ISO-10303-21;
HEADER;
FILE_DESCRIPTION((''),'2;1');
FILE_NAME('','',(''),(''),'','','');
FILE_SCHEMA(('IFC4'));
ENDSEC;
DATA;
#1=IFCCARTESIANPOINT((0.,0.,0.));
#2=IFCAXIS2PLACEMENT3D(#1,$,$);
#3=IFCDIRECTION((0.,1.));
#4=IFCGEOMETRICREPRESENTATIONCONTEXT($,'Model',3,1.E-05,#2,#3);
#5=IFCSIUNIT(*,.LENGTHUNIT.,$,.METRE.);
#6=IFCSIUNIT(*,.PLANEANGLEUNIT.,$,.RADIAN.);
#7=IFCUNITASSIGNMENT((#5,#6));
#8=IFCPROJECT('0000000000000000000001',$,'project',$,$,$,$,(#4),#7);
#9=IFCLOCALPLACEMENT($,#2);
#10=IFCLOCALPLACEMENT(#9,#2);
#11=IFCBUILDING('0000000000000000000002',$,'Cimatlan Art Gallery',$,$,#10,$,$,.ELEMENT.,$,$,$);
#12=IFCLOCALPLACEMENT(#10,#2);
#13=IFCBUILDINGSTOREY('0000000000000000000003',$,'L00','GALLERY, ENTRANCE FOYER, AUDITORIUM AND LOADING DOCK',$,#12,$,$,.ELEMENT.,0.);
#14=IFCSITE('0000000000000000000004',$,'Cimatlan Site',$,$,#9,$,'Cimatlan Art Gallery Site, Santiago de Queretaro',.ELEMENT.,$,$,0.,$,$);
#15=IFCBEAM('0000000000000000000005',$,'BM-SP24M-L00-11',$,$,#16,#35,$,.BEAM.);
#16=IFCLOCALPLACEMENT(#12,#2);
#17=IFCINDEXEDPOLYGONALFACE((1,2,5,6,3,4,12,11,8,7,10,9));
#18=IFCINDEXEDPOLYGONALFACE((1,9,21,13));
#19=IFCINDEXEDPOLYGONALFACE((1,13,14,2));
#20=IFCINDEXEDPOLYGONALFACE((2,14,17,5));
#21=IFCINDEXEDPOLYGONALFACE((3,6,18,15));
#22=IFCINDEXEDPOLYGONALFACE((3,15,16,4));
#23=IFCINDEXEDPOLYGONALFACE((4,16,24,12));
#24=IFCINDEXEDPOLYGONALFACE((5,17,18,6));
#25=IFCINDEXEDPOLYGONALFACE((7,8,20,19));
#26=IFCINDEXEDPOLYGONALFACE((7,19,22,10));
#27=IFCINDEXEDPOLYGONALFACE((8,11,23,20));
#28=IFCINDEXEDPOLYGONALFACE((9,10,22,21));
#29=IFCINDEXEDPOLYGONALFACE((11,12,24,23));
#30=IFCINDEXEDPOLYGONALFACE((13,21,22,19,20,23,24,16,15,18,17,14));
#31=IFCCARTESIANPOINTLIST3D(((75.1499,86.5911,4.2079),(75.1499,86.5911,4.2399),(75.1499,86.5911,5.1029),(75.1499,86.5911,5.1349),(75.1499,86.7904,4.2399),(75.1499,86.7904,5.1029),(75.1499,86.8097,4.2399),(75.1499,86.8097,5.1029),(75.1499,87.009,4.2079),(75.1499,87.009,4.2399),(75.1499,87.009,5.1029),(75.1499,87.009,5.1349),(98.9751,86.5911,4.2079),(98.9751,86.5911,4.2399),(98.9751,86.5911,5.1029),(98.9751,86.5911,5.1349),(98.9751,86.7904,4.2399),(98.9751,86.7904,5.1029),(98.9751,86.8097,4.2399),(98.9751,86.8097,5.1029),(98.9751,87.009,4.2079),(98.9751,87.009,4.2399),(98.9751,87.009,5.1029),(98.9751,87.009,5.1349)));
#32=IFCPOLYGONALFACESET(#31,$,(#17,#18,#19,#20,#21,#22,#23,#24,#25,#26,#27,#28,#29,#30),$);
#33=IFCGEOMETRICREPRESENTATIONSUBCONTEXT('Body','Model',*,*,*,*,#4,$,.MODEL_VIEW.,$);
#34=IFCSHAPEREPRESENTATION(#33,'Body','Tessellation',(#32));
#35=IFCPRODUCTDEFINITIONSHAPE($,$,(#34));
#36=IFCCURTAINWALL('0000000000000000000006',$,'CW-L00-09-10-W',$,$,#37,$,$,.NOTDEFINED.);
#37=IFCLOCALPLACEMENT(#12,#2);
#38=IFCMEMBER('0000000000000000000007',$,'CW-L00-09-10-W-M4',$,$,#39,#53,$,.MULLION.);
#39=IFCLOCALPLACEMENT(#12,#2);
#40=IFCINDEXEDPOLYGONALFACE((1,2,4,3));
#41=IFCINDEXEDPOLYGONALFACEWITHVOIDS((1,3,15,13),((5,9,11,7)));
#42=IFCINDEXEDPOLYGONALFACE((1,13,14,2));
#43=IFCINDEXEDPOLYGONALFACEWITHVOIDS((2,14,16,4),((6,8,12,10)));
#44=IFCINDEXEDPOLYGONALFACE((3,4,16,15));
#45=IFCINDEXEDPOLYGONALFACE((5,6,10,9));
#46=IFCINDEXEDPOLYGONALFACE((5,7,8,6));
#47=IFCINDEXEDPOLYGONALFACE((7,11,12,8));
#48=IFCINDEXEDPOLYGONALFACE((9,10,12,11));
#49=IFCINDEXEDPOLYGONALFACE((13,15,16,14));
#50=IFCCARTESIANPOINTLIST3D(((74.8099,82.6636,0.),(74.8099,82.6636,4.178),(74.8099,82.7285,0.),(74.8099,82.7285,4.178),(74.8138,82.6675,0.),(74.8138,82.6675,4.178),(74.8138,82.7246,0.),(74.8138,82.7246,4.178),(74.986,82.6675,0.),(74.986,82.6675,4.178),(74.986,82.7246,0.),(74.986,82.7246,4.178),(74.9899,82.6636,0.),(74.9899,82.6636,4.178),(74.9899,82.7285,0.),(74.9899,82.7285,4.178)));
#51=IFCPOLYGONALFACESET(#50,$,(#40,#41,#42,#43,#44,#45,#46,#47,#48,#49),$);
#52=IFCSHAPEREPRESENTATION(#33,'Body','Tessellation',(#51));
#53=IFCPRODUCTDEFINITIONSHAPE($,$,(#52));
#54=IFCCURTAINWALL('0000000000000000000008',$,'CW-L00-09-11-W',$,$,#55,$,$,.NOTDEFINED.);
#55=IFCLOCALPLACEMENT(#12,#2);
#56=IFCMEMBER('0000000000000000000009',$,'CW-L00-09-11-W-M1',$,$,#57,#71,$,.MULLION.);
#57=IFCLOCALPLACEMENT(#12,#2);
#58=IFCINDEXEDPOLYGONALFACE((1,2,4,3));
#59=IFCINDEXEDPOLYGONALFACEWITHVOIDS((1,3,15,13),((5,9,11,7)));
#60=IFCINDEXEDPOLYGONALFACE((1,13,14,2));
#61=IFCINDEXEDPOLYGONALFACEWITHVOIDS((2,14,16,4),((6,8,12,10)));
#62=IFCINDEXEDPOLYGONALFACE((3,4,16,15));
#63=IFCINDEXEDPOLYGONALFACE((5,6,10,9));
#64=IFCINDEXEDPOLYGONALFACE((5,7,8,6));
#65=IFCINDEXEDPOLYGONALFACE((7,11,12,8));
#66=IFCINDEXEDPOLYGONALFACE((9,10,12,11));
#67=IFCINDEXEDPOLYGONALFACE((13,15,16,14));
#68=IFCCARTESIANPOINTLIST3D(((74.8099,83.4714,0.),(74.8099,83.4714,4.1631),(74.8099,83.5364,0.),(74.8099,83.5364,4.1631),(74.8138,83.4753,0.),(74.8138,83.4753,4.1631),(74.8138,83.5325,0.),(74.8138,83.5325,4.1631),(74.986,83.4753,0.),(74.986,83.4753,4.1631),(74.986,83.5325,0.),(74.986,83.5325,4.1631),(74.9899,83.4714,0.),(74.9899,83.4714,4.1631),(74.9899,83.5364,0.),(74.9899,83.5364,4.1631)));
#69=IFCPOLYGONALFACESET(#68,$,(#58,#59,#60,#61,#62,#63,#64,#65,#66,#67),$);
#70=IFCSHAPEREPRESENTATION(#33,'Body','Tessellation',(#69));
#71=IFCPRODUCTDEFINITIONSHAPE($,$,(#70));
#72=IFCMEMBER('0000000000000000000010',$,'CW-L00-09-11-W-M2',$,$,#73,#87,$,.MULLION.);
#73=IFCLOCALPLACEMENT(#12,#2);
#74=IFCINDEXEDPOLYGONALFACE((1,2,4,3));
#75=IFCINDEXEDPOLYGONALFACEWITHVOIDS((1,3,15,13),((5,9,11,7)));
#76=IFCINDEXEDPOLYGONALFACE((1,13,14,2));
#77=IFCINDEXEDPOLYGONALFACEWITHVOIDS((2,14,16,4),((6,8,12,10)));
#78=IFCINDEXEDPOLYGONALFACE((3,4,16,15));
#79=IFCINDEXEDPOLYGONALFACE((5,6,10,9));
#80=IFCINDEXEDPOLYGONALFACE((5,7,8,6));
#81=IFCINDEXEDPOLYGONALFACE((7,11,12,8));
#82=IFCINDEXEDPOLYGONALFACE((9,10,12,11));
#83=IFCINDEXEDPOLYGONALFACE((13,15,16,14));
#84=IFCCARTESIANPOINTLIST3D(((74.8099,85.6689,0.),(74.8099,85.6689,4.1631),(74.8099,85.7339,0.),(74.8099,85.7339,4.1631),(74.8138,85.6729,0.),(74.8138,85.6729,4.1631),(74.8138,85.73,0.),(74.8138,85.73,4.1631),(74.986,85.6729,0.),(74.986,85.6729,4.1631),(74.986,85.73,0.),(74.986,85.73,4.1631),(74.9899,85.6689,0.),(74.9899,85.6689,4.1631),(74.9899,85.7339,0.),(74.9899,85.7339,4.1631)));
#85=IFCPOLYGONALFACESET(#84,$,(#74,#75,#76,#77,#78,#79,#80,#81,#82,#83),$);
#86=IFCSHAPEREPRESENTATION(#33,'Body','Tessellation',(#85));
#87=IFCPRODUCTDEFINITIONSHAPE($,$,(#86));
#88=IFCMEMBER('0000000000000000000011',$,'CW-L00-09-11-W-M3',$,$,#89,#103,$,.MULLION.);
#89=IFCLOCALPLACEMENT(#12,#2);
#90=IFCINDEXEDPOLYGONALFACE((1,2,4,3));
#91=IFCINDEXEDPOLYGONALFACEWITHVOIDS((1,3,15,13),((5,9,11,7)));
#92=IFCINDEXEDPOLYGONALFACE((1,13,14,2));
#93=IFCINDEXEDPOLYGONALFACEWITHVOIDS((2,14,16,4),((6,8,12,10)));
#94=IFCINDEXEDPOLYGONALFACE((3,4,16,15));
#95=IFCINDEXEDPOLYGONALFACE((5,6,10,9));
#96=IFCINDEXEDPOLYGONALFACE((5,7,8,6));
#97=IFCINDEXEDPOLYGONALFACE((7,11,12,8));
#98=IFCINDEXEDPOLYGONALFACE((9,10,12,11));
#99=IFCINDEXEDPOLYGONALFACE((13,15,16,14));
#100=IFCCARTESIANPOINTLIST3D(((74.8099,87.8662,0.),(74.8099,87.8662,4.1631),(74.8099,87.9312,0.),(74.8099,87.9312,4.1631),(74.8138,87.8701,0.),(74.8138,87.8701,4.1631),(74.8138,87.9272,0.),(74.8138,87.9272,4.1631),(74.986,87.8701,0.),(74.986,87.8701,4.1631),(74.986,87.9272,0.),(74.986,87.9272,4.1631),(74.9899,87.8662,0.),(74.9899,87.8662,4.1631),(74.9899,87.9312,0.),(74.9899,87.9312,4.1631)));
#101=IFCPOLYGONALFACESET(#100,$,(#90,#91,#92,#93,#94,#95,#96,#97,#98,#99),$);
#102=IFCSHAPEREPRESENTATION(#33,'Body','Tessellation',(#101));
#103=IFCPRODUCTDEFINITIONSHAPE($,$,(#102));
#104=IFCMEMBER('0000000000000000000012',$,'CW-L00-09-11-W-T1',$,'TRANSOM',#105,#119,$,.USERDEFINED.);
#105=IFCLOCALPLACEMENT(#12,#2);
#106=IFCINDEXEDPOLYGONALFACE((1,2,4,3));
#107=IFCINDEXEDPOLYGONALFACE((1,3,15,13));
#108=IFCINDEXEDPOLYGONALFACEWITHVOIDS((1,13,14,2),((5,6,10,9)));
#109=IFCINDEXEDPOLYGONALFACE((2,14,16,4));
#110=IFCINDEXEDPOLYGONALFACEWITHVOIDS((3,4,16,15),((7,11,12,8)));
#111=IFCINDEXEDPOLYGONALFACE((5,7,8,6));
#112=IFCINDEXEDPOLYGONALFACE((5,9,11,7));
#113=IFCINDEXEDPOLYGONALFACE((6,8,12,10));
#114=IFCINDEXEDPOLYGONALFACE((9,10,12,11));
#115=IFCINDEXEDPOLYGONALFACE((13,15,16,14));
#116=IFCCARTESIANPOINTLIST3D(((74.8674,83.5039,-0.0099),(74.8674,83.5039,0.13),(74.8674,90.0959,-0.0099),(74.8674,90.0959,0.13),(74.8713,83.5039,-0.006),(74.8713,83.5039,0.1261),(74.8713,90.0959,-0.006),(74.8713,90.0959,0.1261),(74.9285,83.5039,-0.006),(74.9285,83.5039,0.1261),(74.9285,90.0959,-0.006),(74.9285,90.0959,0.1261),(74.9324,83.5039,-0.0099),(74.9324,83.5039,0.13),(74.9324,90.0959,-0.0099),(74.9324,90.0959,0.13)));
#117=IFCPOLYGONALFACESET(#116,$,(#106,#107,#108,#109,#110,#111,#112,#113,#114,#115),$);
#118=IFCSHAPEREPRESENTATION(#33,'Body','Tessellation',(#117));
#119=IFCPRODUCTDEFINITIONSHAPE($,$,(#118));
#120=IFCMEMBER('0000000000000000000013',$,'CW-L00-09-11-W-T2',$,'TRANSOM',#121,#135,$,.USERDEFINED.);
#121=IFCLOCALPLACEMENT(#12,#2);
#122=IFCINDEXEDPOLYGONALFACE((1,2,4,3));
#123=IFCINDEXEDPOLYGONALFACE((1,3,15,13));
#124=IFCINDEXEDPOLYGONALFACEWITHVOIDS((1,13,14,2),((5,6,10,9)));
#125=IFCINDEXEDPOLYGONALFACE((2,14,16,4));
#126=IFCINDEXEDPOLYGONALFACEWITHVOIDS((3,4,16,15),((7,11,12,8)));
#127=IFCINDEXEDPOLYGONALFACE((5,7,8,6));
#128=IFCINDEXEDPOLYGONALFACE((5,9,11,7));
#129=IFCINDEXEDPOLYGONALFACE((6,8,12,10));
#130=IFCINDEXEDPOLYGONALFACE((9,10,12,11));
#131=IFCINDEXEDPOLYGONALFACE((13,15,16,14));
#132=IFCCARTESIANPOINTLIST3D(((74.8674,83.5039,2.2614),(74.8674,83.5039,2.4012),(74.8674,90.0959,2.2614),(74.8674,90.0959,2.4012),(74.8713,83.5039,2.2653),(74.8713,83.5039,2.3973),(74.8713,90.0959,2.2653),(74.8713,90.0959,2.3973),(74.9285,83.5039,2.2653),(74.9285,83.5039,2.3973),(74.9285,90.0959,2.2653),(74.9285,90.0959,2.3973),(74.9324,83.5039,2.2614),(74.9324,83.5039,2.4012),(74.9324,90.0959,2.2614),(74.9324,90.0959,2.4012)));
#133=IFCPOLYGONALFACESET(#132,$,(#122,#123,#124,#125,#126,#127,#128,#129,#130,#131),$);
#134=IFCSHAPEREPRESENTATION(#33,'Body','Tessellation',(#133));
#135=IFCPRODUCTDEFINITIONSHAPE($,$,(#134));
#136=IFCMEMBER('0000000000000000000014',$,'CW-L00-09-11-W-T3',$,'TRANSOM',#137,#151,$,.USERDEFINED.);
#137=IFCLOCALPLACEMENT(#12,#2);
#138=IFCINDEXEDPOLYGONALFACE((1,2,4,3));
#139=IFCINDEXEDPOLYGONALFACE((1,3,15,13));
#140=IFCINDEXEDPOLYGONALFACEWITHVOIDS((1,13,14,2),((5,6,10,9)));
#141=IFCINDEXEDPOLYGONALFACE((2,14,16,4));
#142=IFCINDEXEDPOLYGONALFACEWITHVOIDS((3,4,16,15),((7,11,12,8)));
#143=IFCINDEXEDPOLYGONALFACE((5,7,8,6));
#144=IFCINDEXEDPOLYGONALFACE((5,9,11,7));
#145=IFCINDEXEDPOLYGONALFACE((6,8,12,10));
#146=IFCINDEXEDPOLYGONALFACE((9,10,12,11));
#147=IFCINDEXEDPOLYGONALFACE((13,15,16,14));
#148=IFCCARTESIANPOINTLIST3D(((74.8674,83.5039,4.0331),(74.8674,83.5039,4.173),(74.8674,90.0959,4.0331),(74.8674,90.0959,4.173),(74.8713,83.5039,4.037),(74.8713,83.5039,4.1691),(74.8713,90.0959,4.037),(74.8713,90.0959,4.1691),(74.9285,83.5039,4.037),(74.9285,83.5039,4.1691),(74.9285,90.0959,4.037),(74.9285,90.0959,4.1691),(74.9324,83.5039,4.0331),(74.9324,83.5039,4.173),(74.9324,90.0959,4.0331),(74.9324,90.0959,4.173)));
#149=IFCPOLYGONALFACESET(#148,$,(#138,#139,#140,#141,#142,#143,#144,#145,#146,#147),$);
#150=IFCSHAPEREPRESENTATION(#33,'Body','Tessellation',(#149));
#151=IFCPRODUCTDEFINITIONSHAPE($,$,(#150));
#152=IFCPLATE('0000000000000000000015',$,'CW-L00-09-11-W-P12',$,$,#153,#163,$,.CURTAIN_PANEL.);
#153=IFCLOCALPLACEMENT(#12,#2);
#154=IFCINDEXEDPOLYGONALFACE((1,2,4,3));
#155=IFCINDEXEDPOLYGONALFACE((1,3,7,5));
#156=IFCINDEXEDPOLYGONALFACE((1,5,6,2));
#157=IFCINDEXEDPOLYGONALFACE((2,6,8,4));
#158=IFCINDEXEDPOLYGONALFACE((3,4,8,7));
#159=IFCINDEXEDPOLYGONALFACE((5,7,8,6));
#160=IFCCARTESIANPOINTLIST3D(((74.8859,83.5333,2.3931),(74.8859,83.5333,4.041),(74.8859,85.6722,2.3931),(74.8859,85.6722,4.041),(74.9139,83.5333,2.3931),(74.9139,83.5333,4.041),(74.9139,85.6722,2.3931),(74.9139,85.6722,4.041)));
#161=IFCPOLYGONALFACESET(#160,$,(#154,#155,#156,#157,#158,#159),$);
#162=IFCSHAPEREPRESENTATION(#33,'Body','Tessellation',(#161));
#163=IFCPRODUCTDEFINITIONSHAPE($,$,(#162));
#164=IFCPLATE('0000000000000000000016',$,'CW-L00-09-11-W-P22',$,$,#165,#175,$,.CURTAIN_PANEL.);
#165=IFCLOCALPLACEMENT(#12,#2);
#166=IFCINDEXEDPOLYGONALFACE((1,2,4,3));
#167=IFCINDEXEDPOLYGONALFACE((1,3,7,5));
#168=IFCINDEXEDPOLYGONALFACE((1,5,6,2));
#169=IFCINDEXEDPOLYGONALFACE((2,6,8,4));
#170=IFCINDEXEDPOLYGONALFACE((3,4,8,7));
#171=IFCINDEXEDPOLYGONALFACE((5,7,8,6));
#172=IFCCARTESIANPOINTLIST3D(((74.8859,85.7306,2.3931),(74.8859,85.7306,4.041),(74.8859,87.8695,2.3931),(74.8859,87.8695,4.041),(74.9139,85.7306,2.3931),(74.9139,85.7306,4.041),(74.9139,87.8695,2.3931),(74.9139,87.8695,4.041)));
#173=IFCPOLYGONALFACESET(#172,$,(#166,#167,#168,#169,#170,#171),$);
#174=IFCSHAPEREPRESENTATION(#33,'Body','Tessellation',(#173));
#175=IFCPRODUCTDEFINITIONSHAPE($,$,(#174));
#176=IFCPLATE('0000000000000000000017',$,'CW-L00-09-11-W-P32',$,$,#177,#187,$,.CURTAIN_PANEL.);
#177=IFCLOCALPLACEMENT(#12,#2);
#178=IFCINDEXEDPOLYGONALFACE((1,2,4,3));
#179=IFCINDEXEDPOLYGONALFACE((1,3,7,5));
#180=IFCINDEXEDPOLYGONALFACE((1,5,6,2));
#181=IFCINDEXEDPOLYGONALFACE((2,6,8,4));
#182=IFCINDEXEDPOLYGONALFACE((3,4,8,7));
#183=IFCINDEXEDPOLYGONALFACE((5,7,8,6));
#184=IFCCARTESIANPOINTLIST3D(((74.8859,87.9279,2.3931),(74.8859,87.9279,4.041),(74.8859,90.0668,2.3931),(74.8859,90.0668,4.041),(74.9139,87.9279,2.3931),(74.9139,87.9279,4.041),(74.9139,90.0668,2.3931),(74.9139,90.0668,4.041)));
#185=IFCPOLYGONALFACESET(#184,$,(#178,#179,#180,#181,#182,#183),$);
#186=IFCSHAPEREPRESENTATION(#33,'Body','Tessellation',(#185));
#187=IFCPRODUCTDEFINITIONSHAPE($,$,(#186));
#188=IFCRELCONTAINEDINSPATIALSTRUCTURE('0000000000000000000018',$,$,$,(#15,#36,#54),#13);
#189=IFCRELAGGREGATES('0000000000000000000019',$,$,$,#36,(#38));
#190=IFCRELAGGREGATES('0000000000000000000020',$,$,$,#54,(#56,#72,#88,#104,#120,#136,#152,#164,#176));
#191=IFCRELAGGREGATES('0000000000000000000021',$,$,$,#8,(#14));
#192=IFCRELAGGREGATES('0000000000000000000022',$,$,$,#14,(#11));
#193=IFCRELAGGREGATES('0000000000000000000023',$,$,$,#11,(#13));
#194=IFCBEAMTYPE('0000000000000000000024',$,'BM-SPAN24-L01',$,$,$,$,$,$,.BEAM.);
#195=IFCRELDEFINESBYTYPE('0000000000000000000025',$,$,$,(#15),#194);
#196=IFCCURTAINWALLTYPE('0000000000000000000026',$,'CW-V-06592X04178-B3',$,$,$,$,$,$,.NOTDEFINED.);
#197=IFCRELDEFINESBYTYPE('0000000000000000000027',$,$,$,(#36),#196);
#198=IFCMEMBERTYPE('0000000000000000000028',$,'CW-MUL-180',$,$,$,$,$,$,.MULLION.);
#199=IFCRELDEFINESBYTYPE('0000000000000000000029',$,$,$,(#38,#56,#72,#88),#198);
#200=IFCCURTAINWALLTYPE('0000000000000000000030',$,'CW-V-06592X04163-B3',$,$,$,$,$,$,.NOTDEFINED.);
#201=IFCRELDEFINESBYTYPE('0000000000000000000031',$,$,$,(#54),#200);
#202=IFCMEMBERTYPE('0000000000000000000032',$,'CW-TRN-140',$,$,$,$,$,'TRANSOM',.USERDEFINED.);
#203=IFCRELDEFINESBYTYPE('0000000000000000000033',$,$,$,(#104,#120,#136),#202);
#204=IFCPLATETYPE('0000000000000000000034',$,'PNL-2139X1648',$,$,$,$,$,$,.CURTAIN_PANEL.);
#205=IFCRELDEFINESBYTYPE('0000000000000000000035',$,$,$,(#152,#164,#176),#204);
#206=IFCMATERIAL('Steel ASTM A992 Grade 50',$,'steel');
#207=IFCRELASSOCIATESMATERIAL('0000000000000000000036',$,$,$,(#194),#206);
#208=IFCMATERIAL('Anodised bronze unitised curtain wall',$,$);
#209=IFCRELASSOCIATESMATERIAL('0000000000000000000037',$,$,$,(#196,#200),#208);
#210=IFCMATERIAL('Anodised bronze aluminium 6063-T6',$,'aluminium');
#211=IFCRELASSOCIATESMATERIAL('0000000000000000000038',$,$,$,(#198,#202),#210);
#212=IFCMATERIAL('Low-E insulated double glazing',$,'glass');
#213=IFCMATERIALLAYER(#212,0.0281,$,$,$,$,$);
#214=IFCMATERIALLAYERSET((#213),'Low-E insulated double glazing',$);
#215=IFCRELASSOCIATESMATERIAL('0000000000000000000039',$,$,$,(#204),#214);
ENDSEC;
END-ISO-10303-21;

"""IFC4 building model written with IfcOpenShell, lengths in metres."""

from ifc_helpers import new_model, si_unit, direction, frame, origin, origin_2d, place, context, subcontext, project, spatial, rectangle, hollow_rectangle, i_section, extrude, material, layer, layer_set, material_profile, profile_set, type_object, element, aggregate, save


model = new_model("IFC4")

# Units and contexts
model_context = context("Model", 3, precision=1e-05, world=origin(), true_north=direction((0.0, 1.0)))
body_context = subcontext(model_context, "Body", "Model", "MODEL_VIEW")
ifc_project = project(units=[si_unit("LENGTHUNIT", "METRE"), si_unit("PLANEANGLEUNIT", "RADIAN")], contexts=[model_context])

# Site, building, storey
site_placement = place(None, origin())
site = spatial("IfcSite", under=ifc_project, at=site_placement, Name="Cimatlan Site", LongName="Cimatlan Art Gallery Site, Santiago de Queretaro", CompositionType="ELEMENT", RefElevation=0.0)
building_placement = place(site_placement, origin())
building = spatial("IfcBuilding", under=site, at=building_placement, Name="Cimatlan Art Gallery", CompositionType="ELEMENT")
storey_placement = place(building_placement, origin())
storey = spatial("IfcBuildingStorey", under=building, at=storey_placement, Name="L00", Description="GALLERY, ENTRANCE FOYER, AUDITORIUM AND LOADING DOCK", CompositionType="ELEMENT", Elevation=0.0)

# Beam
ifc_material_1 = material(Name="Steel ASTM A992 Grade 50", Category="steel")
ifc_material_profile_1 = material_profile(ifc_material_1, i_section(OverallWidth=0.418, OverallDepth=0.927, WebThickness=0.0193, FlangeThickness=0.032, at=origin_2d()), Name="W36X231")
ifc_profile_set_1 = profile_set([ifc_material_profile_1], Name="Steel ASTM A992 Grade 50")
beam_type_1 = type_object("IfcBeamType", Name="BM-SPAN24-L01", PredefinedType="BEAM", material=ifc_profile_set_1)
beam_1_placement = place(storey_placement, frame((75.1499, 86.8, 4.6714), z_axis=(1.0, 0.0, 0.0), x_axis=(0.0, 1.0, 0.0)))
element("IfcBeam", 1, at=beam_1_placement, inside=storey, type_object=beam_type_1, Name="BM-SP24M-L00-11", PredefinedType="BEAM", context=body_context, shape_type="SweptSolid", body=[
    extrude(i_section(OverallWidth=0.418, OverallDepth=0.927, WebThickness=0.0193, FlangeThickness=0.032, at=origin_2d()), origin(), (0.0, 0.0, 1.0), 23.8252),
])

# Curtain wall, member
ifc_material_2 = material(Name="Anodised bronze unitised curtain wall")
curtain_wall_type_1 = type_object("IfcCurtainWallType", Name="CW-V-06592X04178-B3", PredefinedType="NOTDEFINED", material=ifc_material_2)
curtain_wall_1_placement = place(storey_placement, origin())
curtain_wall_1 = element("IfcCurtainWall", 2, at=curtain_wall_1_placement, inside=storey, type_object=curtain_wall_type_1, Name="CW-L00-09-10-W", PredefinedType="NOTDEFINED")
ifc_material_3 = material(Name="Anodised bronze aluminium 6063-T6", Category="aluminium")
ifc_material_profile_2 = material_profile(ifc_material_3, hollow_rectangle(XDim=0.0649, YDim=0.1799, WallThickness=0.0039, at=origin_2d()), Name="ALU65X180X4")
ifc_profile_set_2 = profile_set([ifc_material_profile_2], Name="Anodised bronze aluminium 6063-T6")
member_type_1 = type_object("IfcMemberType", Name="CW-MUL-180", PredefinedType="MULLION", material=ifc_profile_set_2)
member_1_placement = place(storey_placement, frame((74.8999, 82.696, 0.0), z_axis=(0.0, 0.0, 1.0), x_axis=(0.0, 1.0, 0.0)))
member_1 = element("IfcMember", 3, at=member_1_placement, type_object=member_type_1, Name="CW-L00-09-10-W-M4", PredefinedType="MULLION", context=body_context, shape_type="SweptSolid", body=[
    extrude(hollow_rectangle(XDim=0.0649, YDim=0.1799, WallThickness=0.0039, at=origin_2d()), origin(), (0.0, 0.0, 1.0), 4.178),
])
aggregate(curtain_wall_1, [member_1])

# Curtain wall, members, plates
curtain_wall_type_2 = type_object("IfcCurtainWallType", Name="CW-V-06592X04163-B3", PredefinedType="NOTDEFINED", material=ifc_material_2)
curtain_wall_2_placement = place(storey_placement, origin())
curtain_wall_2 = element("IfcCurtainWall", 4, at=curtain_wall_2_placement, inside=storey, type_object=curtain_wall_type_2, Name="CW-L00-09-11-W", PredefinedType="NOTDEFINED")
member_2_placement = place(storey_placement, frame((74.8999, 83.5039, 0.0), z_axis=(0.0, 0.0, 1.0), x_axis=(0.0, 1.0, 0.0)))
member_2 = element("IfcMember", 5, at=member_2_placement, type_object=member_type_1, Name="CW-L00-09-11-W-M1", PredefinedType="MULLION", context=body_context, shape_type="SweptSolid", body=[
    extrude(hollow_rectangle(XDim=0.0649, YDim=0.1799, WallThickness=0.0039, at=origin_2d()), origin(), (0.0, 0.0, 1.0), 4.1631),
])
member_3_placement = place(storey_placement, frame((74.8999, 85.7014, 0.0), z_axis=(0.0, 0.0, 1.0), x_axis=(0.0, 1.0, 0.0)))
member_3 = element("IfcMember", 6, at=member_3_placement, type_object=member_type_1, Name="CW-L00-09-11-W-M2", PredefinedType="MULLION", context=body_context, shape_type="SweptSolid", body=[
    extrude(hollow_rectangle(XDim=0.0649, YDim=0.1799, WallThickness=0.0039, at=origin_2d()), origin(), (0.0, 0.0, 1.0), 4.1631),
])
member_4_placement = place(storey_placement, frame((74.8999, 87.8987, 0.0), z_axis=(0.0, 0.0, 1.0), x_axis=(0.0, 1.0, 0.0)))
member_4 = element("IfcMember", 7, at=member_4_placement, type_object=member_type_1, Name="CW-L00-09-11-W-M3", PredefinedType="MULLION", context=body_context, shape_type="SweptSolid", body=[
    extrude(hollow_rectangle(XDim=0.0649, YDim=0.1799, WallThickness=0.0039, at=origin_2d()), origin(), (0.0, 0.0, 1.0), 4.1631),
])
ifc_material_profile_3 = material_profile(ifc_material_3, hollow_rectangle(XDim=0.0649, YDim=0.1399, WallThickness=0.0039, at=origin_2d()), Name="ALU65X140X4")
ifc_profile_set_3 = profile_set([ifc_material_profile_3], Name="Anodised bronze aluminium 6063-T6")
member_type_2 = type_object("IfcMemberType", Name="CW-TRN-140", ElementType="TRANSOM", PredefinedType="USERDEFINED", material=ifc_profile_set_3)
member_5_placement = place(storey_placement, frame((74.8999, 83.5039, 0.0601), z_axis=(0.0, 1.0, 0.0), x_axis=(-1.0, 0.0, 0.0)))
member_5 = element("IfcMember", 8, at=member_5_placement, type_object=member_type_2, Name="CW-L00-09-11-W-T1", ObjectType="TRANSOM", PredefinedType="USERDEFINED", context=body_context, shape_type="SweptSolid", body=[
    extrude(hollow_rectangle(XDim=0.0649, YDim=0.1399, WallThickness=0.0039, at=origin_2d()), origin(), (0.0, 0.0, 1.0), 6.592),
])
member_6_placement = place(storey_placement, frame((74.8999, 83.5039, 2.3313), z_axis=(0.0, 1.0, 0.0), x_axis=(-1.0, 0.0, 0.0)))
member_6 = element("IfcMember", 9, at=member_6_placement, type_object=member_type_2, Name="CW-L00-09-11-W-T2", ObjectType="TRANSOM", PredefinedType="USERDEFINED", context=body_context, shape_type="SweptSolid", body=[
    extrude(hollow_rectangle(XDim=0.0649, YDim=0.1399, WallThickness=0.0039, at=origin_2d()), origin(), (0.0, 0.0, 1.0), 6.592),
])
member_7_placement = place(storey_placement, frame((74.8999, 83.5039, 4.103), z_axis=(0.0, 1.0, 0.0), x_axis=(-1.0, 0.0, 0.0)))
member_7 = element("IfcMember", 10, at=member_7_placement, type_object=member_type_2, Name="CW-L00-09-11-W-T3", ObjectType="TRANSOM", PredefinedType="USERDEFINED", context=body_context, shape_type="SweptSolid", body=[
    extrude(hollow_rectangle(XDim=0.0649, YDim=0.1399, WallThickness=0.0039, at=origin_2d()), origin(), (0.0, 0.0, 1.0), 6.592),
])
ifc_material_4 = material(Name="Low-E insulated double glazing", Category="glass")
ifc_layer_1 = layer(ifc_material_4, 0.0281)
ifc_layer_set_1 = layer_set([ifc_layer_1], Name="Low-E insulated double glazing")
plate_type_1 = type_object("IfcPlateType", Name="PNL-2139X1648", PredefinedType="CURTAIN_PANEL", material=ifc_layer_set_1)
plate_1_placement = place(storey_placement, frame((74.8999, 84.6028, 2.3931), z_axis=(0.0, 0.0, 1.0), x_axis=(0.0, 1.0, 0.0)))
plate_1 = element("IfcPlate", 11, at=plate_1_placement, type_object=plate_type_1, Name="CW-L00-09-11-W-P12", PredefinedType="CURTAIN_PANEL", context=body_context, shape_type="SweptSolid", body=[
    extrude(rectangle(XDim=2.1389, YDim=0.0281, at=origin_2d()), origin(), (0.0, 0.0, 1.0), 1.6479),
])
plate_2_placement = place(storey_placement, frame((74.8999, 86.8, 2.3931), z_axis=(0.0, 0.0, 1.0), x_axis=(0.0, 1.0, 0.0)))
plate_2 = element("IfcPlate", 12, at=plate_2_placement, type_object=plate_type_1, Name="CW-L00-09-11-W-P22", PredefinedType="CURTAIN_PANEL", context=body_context, shape_type="SweptSolid", body=[
    extrude(rectangle(XDim=2.1389, YDim=0.0281, at=origin_2d()), origin(), (0.0, 0.0, 1.0), 1.6479),
])
plate_3_placement = place(storey_placement, frame((74.8999, 88.9973, 2.3931), z_axis=(0.0, 0.0, 1.0), x_axis=(0.0, 1.0, 0.0)))
plate_3 = element("IfcPlate", 13, at=plate_3_placement, type_object=plate_type_1, Name="CW-L00-09-11-W-P32", PredefinedType="CURTAIN_PANEL", context=body_context, shape_type="SweptSolid", body=[
    extrude(rectangle(XDim=2.1389, YDim=0.0281, at=origin_2d()), origin(), (0.0, 0.0, 1.0), 1.6479),
])
aggregate(curtain_wall_2, [member_2, member_3, member_4, member_5, member_6, member_7, plate_1, plate_2, plate_3])

save(model, "model.ifc")
